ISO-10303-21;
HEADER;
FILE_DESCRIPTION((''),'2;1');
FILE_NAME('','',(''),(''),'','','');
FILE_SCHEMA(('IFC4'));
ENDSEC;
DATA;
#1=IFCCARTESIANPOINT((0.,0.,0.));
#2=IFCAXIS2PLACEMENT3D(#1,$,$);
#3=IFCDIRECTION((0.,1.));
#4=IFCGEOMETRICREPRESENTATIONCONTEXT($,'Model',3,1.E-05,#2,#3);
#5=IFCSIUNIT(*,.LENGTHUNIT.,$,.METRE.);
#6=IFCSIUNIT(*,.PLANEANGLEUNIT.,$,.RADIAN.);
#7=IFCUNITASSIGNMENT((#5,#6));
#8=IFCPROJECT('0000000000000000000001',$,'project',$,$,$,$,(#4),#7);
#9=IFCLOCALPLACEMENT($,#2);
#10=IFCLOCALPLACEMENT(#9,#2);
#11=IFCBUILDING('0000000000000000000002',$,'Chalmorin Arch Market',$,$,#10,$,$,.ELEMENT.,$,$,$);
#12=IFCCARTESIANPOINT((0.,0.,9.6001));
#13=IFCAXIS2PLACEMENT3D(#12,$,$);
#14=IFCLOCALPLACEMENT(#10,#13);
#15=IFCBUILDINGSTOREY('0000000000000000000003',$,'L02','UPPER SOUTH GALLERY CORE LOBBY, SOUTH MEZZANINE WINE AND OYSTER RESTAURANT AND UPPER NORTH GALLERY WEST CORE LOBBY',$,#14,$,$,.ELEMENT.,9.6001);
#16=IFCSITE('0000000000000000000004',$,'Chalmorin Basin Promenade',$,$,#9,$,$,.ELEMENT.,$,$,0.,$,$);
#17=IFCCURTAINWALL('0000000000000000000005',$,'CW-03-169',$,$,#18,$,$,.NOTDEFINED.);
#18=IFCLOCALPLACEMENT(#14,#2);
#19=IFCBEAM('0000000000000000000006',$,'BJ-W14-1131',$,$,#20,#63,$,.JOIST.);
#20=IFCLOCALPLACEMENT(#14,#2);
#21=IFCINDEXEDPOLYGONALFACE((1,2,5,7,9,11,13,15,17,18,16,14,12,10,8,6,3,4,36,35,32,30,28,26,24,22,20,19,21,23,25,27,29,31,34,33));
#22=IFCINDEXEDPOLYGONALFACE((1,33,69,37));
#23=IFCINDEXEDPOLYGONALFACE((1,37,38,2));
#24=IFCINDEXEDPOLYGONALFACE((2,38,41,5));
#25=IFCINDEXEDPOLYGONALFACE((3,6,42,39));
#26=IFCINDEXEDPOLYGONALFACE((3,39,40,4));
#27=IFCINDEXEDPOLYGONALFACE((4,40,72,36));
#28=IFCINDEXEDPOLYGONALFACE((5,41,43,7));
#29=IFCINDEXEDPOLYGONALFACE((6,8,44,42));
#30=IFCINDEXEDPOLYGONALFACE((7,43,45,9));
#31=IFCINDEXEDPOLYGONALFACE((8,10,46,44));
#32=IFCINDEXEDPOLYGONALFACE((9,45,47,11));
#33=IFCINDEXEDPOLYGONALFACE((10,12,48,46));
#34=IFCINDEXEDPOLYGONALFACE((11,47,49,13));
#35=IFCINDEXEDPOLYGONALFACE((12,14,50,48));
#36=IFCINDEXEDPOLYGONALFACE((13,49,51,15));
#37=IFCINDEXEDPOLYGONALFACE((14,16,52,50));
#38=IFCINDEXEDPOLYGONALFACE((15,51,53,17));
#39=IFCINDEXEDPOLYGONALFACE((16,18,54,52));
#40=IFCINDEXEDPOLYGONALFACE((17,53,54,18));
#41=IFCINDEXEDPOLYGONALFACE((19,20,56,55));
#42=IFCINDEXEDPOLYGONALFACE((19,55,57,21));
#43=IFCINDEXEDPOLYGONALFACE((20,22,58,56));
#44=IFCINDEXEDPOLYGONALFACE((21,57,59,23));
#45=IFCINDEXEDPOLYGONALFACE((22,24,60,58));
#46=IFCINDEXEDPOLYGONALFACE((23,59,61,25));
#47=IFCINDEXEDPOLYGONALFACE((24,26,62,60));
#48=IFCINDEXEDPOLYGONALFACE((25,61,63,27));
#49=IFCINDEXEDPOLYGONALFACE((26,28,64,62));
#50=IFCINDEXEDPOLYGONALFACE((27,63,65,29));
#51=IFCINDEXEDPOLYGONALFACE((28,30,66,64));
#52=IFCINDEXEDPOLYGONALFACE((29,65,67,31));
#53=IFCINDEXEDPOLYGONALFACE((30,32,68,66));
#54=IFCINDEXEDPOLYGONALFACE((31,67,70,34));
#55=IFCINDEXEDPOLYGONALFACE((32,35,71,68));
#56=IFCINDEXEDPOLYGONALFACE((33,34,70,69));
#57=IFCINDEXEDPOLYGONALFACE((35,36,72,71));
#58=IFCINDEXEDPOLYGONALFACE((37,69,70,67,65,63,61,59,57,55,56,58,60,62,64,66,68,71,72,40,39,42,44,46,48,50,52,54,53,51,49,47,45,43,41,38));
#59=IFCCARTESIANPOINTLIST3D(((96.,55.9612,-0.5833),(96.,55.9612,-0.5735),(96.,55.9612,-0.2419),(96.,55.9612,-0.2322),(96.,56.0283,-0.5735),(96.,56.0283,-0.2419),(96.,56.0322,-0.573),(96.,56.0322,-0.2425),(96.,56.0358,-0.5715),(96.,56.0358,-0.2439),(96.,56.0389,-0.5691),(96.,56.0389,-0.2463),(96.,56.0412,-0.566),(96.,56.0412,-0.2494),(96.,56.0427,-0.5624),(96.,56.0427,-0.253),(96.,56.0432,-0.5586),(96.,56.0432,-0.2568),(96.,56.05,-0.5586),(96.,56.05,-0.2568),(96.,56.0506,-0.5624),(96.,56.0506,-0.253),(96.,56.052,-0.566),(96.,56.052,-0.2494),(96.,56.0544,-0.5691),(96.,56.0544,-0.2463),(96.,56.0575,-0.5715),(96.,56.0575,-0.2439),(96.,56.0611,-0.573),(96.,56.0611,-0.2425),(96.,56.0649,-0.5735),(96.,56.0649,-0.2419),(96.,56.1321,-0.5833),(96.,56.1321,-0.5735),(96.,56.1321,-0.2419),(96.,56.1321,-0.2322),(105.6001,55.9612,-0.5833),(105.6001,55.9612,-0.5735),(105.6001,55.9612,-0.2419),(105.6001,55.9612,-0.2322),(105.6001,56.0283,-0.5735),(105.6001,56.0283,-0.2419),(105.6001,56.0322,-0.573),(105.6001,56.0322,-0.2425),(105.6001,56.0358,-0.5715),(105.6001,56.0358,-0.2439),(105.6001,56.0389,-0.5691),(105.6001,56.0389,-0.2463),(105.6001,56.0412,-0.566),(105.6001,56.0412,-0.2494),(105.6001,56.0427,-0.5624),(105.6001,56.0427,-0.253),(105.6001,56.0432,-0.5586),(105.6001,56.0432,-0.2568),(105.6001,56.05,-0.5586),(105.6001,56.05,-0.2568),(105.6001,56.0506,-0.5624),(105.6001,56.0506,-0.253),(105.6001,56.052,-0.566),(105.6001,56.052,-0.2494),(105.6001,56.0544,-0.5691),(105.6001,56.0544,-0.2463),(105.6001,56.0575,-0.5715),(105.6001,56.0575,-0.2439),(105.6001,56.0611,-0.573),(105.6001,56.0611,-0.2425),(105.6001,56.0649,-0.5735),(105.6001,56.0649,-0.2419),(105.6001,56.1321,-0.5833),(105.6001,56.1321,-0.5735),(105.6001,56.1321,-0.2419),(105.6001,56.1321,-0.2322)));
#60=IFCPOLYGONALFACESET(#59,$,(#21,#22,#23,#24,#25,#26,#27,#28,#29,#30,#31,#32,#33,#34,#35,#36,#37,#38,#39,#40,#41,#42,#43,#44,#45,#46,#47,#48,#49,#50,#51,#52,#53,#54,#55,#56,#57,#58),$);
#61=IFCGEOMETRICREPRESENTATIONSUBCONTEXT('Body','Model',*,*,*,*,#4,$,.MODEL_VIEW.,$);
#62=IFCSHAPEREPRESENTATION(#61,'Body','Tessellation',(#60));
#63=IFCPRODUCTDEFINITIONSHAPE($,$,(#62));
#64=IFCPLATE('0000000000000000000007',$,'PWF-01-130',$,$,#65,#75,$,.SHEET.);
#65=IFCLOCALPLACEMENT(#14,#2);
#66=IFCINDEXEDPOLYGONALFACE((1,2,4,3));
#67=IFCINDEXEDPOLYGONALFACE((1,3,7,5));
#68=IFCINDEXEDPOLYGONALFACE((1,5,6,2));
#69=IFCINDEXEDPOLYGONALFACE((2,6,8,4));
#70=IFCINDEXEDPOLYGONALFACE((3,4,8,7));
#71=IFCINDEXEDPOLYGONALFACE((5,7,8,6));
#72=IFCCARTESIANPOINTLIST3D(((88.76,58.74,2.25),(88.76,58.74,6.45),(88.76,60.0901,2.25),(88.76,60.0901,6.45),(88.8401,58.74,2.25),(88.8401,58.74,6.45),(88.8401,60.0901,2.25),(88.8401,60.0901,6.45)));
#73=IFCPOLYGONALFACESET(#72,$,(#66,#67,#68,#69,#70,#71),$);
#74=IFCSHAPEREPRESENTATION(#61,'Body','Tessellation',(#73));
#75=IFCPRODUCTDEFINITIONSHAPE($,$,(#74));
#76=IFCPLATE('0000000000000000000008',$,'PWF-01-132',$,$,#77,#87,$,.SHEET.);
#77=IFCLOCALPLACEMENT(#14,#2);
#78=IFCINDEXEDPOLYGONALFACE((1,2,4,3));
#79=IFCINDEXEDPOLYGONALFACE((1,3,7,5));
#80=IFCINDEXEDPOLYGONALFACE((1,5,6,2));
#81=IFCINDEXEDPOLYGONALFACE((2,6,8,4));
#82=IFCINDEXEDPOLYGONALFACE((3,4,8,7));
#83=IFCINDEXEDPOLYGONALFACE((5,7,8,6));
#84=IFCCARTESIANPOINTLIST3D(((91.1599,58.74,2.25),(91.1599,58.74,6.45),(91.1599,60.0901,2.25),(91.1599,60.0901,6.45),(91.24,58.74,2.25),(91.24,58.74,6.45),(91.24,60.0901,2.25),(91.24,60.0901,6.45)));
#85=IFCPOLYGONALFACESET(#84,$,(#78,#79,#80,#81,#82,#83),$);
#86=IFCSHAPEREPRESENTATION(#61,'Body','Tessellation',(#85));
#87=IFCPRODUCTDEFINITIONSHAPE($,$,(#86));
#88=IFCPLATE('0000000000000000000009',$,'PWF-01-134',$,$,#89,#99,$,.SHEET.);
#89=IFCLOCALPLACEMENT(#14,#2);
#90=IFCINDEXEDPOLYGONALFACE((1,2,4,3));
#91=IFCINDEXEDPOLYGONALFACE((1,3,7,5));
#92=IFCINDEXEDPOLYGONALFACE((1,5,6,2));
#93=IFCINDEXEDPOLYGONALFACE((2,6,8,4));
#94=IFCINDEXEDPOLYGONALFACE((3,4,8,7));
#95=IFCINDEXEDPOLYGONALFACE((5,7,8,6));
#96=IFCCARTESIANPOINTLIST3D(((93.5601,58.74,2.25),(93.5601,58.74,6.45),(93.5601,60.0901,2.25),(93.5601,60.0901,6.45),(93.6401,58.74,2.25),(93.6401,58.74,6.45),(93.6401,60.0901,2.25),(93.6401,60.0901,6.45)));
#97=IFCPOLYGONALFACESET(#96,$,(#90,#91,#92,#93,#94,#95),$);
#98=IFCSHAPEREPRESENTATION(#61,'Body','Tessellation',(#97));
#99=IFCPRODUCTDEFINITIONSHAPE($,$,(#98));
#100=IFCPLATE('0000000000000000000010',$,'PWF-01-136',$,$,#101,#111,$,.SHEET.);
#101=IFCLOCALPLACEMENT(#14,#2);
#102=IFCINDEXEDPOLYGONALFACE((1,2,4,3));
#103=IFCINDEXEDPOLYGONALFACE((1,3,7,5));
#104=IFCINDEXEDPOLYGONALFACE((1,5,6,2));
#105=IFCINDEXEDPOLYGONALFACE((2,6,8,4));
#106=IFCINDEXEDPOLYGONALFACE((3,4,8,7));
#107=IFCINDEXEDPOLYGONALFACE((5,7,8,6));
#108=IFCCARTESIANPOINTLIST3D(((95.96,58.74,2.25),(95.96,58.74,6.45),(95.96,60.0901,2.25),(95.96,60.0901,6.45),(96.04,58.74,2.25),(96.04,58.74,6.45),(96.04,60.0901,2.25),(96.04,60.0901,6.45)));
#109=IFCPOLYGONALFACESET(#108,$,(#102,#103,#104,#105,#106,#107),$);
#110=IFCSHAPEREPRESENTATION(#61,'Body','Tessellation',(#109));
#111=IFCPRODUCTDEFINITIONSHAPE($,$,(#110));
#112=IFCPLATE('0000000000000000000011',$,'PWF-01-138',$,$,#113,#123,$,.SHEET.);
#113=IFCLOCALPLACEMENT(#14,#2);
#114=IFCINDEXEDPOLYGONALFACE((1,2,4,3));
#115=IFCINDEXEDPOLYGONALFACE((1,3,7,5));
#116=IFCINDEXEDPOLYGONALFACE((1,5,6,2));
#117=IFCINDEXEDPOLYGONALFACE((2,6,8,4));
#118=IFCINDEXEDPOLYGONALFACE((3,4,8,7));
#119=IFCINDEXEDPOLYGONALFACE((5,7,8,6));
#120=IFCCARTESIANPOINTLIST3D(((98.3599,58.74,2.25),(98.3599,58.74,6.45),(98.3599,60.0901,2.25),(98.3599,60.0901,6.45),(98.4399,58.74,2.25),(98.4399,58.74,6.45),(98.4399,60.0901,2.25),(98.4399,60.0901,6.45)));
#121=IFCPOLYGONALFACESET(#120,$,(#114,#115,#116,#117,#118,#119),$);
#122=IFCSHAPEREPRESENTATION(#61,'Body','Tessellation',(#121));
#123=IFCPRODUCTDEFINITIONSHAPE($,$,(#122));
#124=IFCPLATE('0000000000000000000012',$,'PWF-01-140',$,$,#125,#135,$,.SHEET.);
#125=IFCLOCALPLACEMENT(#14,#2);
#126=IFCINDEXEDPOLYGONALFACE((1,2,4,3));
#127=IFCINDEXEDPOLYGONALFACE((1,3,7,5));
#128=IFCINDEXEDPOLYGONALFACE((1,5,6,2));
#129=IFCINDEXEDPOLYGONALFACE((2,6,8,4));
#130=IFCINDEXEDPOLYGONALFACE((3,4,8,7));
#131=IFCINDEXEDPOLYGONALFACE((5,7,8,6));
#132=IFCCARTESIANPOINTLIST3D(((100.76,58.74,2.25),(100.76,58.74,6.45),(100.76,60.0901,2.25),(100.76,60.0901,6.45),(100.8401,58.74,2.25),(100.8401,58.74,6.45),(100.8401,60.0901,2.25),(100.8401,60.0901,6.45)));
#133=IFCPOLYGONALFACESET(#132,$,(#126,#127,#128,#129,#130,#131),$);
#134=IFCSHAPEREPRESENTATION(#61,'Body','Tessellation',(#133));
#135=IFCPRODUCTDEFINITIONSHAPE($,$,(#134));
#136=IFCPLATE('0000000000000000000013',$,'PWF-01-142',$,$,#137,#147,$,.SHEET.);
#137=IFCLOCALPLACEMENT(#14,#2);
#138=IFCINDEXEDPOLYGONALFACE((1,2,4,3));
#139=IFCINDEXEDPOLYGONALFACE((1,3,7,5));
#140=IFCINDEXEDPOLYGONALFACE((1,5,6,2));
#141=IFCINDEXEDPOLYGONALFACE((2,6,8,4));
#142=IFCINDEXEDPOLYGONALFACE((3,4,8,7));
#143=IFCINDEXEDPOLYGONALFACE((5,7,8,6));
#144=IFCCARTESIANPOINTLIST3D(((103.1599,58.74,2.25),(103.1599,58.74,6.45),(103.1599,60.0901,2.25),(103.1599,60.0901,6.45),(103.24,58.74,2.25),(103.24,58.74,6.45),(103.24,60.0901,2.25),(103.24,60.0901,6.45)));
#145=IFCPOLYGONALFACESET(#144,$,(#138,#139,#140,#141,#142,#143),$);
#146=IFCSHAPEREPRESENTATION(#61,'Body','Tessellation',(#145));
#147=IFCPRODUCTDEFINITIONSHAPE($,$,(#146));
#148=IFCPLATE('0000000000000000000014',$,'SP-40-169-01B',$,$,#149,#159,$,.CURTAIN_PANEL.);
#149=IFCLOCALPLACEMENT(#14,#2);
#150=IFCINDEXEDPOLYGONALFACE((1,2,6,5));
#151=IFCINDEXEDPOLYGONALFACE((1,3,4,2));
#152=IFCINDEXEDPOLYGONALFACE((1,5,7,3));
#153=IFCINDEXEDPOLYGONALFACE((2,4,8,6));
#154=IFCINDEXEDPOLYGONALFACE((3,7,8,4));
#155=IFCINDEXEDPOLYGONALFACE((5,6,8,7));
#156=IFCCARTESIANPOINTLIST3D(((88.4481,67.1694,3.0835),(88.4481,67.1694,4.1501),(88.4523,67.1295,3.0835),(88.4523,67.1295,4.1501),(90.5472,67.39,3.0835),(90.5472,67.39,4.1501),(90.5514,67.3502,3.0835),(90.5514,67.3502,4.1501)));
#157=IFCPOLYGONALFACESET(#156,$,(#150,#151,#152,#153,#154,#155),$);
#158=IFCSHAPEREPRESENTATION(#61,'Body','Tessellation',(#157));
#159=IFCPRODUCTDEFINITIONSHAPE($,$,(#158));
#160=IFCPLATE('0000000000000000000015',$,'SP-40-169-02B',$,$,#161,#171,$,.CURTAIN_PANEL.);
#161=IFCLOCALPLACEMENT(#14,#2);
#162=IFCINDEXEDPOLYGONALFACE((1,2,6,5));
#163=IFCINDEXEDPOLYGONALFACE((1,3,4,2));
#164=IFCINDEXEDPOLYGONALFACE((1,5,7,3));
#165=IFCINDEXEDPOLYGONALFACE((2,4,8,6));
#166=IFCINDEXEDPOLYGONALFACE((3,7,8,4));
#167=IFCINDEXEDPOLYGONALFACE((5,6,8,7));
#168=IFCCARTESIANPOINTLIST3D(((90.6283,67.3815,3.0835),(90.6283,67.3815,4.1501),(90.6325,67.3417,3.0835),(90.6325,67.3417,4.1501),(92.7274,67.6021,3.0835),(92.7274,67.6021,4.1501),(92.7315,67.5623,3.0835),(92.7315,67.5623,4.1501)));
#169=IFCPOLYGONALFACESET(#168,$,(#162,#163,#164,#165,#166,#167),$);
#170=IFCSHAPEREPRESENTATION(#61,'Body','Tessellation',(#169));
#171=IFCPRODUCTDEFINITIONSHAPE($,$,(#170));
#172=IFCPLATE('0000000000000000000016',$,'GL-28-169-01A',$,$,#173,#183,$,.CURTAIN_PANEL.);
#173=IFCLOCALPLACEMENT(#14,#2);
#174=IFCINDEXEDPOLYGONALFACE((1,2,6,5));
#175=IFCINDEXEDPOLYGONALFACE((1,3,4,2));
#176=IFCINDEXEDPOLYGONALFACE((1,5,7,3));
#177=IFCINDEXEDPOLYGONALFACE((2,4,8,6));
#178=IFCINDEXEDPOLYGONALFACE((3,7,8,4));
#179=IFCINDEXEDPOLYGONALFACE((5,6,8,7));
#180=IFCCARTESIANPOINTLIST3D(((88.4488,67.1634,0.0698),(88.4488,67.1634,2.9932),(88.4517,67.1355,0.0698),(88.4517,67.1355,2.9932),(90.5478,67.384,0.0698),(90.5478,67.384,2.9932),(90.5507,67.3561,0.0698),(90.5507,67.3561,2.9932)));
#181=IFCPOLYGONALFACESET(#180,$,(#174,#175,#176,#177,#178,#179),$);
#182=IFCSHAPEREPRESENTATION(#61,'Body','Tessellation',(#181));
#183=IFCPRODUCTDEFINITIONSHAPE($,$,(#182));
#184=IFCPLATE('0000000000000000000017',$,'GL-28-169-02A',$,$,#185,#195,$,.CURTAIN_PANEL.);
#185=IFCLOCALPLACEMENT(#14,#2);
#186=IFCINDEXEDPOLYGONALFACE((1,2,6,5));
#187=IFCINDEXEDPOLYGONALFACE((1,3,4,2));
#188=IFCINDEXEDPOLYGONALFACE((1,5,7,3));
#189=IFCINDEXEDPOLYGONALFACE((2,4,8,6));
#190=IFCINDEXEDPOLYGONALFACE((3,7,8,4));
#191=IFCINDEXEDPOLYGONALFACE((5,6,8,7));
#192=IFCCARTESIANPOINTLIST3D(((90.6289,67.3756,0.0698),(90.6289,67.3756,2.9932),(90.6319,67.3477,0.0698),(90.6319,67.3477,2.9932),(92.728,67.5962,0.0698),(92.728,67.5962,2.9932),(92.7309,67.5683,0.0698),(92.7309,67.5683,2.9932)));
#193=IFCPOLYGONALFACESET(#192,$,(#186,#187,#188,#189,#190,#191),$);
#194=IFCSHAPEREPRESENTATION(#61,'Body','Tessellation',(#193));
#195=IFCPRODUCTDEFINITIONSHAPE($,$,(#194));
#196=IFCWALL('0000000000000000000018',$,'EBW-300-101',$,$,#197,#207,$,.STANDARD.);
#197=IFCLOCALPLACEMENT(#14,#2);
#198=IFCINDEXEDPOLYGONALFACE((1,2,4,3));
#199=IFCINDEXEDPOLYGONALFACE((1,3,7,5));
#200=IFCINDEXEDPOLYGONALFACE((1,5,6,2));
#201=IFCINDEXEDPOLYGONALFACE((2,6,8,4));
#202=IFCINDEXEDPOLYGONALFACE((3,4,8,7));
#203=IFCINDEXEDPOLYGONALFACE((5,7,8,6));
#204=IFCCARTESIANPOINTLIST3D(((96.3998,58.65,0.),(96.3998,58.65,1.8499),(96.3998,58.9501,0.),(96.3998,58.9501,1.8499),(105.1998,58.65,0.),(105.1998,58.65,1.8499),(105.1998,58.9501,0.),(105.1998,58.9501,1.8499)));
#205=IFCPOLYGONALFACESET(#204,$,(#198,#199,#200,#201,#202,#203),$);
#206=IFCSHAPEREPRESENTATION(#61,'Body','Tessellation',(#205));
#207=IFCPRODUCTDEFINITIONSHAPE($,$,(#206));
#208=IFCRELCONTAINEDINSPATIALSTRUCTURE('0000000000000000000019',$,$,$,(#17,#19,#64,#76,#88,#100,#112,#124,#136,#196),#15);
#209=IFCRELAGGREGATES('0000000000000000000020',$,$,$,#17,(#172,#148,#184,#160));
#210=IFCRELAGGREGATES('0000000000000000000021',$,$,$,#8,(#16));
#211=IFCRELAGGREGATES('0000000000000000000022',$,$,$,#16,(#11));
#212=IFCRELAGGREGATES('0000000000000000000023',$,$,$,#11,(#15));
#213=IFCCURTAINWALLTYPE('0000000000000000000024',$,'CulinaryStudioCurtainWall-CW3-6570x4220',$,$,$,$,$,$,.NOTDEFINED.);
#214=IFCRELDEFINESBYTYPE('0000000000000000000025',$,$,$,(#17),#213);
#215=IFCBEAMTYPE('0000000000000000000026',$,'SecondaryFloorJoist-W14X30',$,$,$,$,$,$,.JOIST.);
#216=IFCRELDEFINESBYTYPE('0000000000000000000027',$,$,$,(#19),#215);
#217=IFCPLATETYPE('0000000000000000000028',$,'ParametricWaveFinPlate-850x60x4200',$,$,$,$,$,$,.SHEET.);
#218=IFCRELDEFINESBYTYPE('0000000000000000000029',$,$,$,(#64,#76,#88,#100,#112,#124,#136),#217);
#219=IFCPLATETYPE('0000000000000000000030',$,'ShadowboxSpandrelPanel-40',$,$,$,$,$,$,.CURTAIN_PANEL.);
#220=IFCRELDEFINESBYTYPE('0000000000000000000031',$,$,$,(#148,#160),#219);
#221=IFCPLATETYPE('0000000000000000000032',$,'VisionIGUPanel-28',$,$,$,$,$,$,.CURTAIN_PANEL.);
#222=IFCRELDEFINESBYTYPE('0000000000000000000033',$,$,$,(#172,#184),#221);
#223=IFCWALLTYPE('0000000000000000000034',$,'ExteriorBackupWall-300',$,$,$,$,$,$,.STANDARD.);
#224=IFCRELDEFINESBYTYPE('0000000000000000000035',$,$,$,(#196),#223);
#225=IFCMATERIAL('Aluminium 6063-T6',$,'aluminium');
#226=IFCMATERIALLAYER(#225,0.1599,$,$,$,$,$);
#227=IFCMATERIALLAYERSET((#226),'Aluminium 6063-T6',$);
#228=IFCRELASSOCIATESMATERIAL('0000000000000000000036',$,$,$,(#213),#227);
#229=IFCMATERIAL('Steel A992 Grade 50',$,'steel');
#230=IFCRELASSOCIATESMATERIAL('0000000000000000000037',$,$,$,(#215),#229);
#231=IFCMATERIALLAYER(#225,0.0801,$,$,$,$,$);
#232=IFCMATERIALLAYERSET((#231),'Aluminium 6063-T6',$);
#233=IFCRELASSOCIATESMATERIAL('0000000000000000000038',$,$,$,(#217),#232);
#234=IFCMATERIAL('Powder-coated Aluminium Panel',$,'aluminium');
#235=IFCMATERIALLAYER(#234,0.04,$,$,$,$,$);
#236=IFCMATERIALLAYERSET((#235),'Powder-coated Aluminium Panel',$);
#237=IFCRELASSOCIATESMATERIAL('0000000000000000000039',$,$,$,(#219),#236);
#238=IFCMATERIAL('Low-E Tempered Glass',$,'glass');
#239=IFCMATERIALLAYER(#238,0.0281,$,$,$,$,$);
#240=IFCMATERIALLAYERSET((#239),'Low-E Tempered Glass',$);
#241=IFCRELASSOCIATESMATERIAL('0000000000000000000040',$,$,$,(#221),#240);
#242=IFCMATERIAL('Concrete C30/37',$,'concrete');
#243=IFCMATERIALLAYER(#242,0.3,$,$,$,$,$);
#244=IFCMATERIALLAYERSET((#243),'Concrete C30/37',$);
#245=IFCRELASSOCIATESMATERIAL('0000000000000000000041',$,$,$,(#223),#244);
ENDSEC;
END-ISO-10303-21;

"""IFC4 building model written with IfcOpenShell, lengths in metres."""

from ifc_helpers import new_model, si_unit, direction, frame, frame_2d, origin, origin_2d, place, context, subcontext, project, spatial, rectangle, i_section, extrude, material, layer, layer_set, material_profile, profile_set, type_object, element, aggregate, save


model = new_model("IFC4")

# Units and contexts
model_context = context("Model", 3, precision=1e-05, world=origin(), true_north=direction((0.0, 1.0)))
body_context = subcontext(model_context, "Body", "Model", "MODEL_VIEW")
ifc_project = project(units=[si_unit("LENGTHUNIT", "METRE"), si_unit("PLANEANGLEUNIT", "RADIAN")], contexts=[model_context])

# Site, building, storey
site_placement = place(None, origin())
site = spatial("IfcSite", under=ifc_project, at=site_placement, Name="Chalmorin Basin Promenade", CompositionType="ELEMENT", RefElevation=0.0)
building_placement = place(site_placement, origin())
building = spatial("IfcBuilding", under=site, at=building_placement, Name="Chalmorin Arch Market", CompositionType="ELEMENT")
storey_placement = place(building_placement, frame((0.0, 0.0, 9.6001)))
storey = spatial("IfcBuildingStorey", under=building, at=storey_placement, Name="L02", Description="UPPER SOUTH GALLERY CORE LOBBY, SOUTH MEZZANINE WINE AND OYSTER RESTAURANT AND UPPER NORTH GALLERY WEST CORE LOBBY", CompositionType="ELEMENT", Elevation=9.6001)

# Curtain wall
ifc_material_1 = material(Name="Aluminium 6063-T6", Category="aluminium")
ifc_layer_1 = layer(ifc_material_1, 0.1599)
ifc_layer_set_1 = layer_set([ifc_layer_1], Name="Aluminium 6063-T6")
curtain_wall_type = type_object("IfcCurtainWallType", Name="CulinaryStudioCurtainWall-CW3-6570x4220", PredefinedType="NOTDEFINED", material=ifc_layer_set_1)
curtain_wall_placement = place(storey_placement, origin())
curtain_wall = element("IfcCurtainWall", 1, at=curtain_wall_placement, inside=storey, type_object=curtain_wall_type, Name="CW-03-169", PredefinedType="NOTDEFINED")

# Beam
ifc_material_2 = material(Name="Steel A992 Grade 50", Category="steel")
ifc_material_profile_1 = material_profile(ifc_material_2, i_section(OverallWidth=0.1709, OverallDepth=0.3511, WebThickness=0.0068, FlangeThickness=0.0098, FilletRadius=0.0149, at=origin_2d()), Name="W14X30")
ifc_profile_set_1 = profile_set([ifc_material_profile_1], Name="Steel A992 Grade 50")
beam_type_1 = type_object("IfcBeamType", Name="SecondaryFloorJoist-W14X30", PredefinedType="JOIST", material=ifc_profile_set_1)
beam_1_placement = place(storey_placement, frame((96.0, 56.0466, -0.4077), z_axis=(1.0, 0.0, 0.0), x_axis=(0.0, 1.0, 0.0)))
element("IfcBeam", 2, at=beam_1_placement, inside=storey, type_object=beam_type_1, Name="BJ-W14-1131", PredefinedType="JOIST", context=body_context, shape_type="SweptSolid", body=[
    extrude(i_section(OverallWidth=0.1709, OverallDepth=0.3511, WebThickness=0.0068, FlangeThickness=0.0098, FilletRadius=0.0149, at=origin_2d()), origin(), (0.0, 0.0, 1.0), 9.6001),
])

# Plates
ifc_layer_2 = layer(ifc_material_1, 0.0801)
ifc_layer_set_2 = layer_set([ifc_layer_2], Name="Aluminium 6063-T6")
plate_type_1 = type_object("IfcPlateType", Name="ParametricWaveFinPlate-850x60x4200", PredefinedType="SHEET", material=ifc_layer_set_2)
for number, where, z_axis, x_axis, name in (
    (3, (88.8, 59.415, 2.25), (0.0, 0.0, 1.0), (0.0, 1.0, 0.0), "PWF-01-130"),
    (4, (91.2, 59.415, 2.25), (0.0, 0.0, 1.0), (0.0, 1.0, 0.0), "PWF-01-132"),
    (5, (93.6001, 59.415, 2.25), (0.0, 0.0, 1.0), (0.0, 1.0, 0.0), "PWF-01-134"),
    (6, (96.0, 59.415, 2.25), (0.0, 0.0, 1.0), (0.0, 1.0, 0.0), "PWF-01-136"),
    (7, (98.3999, 59.415, 2.25), (0.0, 0.0, 1.0), (0.0, 1.0, 0.0), "PWF-01-138"),
    (8, (100.8, 59.415, 2.25), (0.0, 0.0, 1.0), (0.0, 1.0, 0.0), "PWF-01-140"),
    (9, (103.2, 59.415, 2.25), (0.0, 0.0, 1.0), (0.0, 1.0, 0.0), "PWF-01-142"),
):
    element("IfcPlate", number, at=place(storey_placement, frame(where, z_axis=z_axis, x_axis=x_axis)), inside=storey, type_object=plate_type_1, Name=name, PredefinedType="SHEET", context=body_context, shape_type="SweptSolid", body=[
        extrude(rectangle(XDim=1.3501, YDim=0.0801, at=origin_2d()), origin(), (0.0, 0.0, 1.0), 4.2),
    ])

# Plates
ifc_material_3 = material(Name="Powder-coated Aluminium Panel", Category="aluminium")
ifc_layer_3 = layer(ifc_material_3, 0.04)
ifc_layer_set_3 = layer_set([ifc_layer_3], Name="Powder-coated Aluminium Panel")
plate_type_2 = type_object("IfcPlateType", Name="ShadowboxSpandrelPanel-40", PredefinedType="CURTAIN_PANEL", material=ifc_layer_set_3)
plate_1_placement = place(storey_placement, frame((89.4998, 67.2598, 3.0835), z_axis=(0.0, 0.0, 1.0), x_axis=(0.994522, 0.104528, 0.0)))
plate_1 = element("IfcPlate", 10, at=plate_1_placement, type_object=plate_type_2, Name="SP-40-169-01B", PredefinedType="CURTAIN_PANEL", context=body_context, shape_type="SweptSolid", body=[
    extrude(rectangle(XDim=2.1106, YDim=0.04, at=origin_2d()), origin(), (0.0, 0.0, 1.0), 1.0667),
])
plate_2_placement = place(storey_placement, frame((91.6799, 67.4719, 3.0835), z_axis=(0.0, 0.0, 1.0), x_axis=(0.994522, 0.104528, 0.0)))
plate_2 = element("IfcPlate", 11, at=plate_2_placement, type_object=plate_type_2, Name="SP-40-169-02B", PredefinedType="CURTAIN_PANEL", context=body_context, shape_type="SweptSolid", body=[
    extrude(rectangle(XDim=2.1106, YDim=0.04, at=origin_2d()), origin(), (0.0, 0.0, 1.0), 1.0667),
])
ifc_material_4 = material(Name="Low-E Tempered Glass", Category="glass")
ifc_layer_4 = layer(ifc_material_4, 0.0281)
ifc_layer_set_4 = layer_set([ifc_layer_4], Name="Low-E Tempered Glass")
plate_type_3 = type_object("IfcPlateType", Name="VisionIGUPanel-28", PredefinedType="CURTAIN_PANEL", material=ifc_layer_set_4)
plate_3_placement = place(storey_placement, frame((89.4998, 67.2598, 0.0698), z_axis=(0.0, 0.0, 1.0), x_axis=(0.994522, 0.104528, 0.0)))
plate_3 = element("IfcPlate", 12, at=plate_3_placement, type_object=plate_type_3, Name="GL-28-169-01A", PredefinedType="CURTAIN_PANEL", context=body_context, shape_type="SweptSolid", body=[
    extrude(rectangle(XDim=2.1106, YDim=0.0281, at=origin_2d()), origin(), (0.0, 0.0, 1.0), 2.9233),
])
plate_4_placement = place(storey_placement, frame((91.6799, 67.4719, 0.0698), z_axis=(0.0, 0.0, 1.0), x_axis=(0.994522, 0.104528, 0.0)))
plate_4 = element("IfcPlate", 13, at=plate_4_placement, type_object=plate_type_3, Name="GL-28-169-02A", PredefinedType="CURTAIN_PANEL", context=body_context, shape_type="SweptSolid", body=[
    extrude(rectangle(XDim=2.1106, YDim=0.0281, at=origin_2d()), origin(), (0.0, 0.0, 1.0), 2.9233),
])
aggregate(curtain_wall, [plate_3, plate_1, plate_4, plate_2])

# Wall
ifc_material_5 = material(Name="Concrete C30/37", Category="concrete")
ifc_layer_5 = layer(ifc_material_5, 0.3)
ifc_layer_set_5 = layer_set([ifc_layer_5], Name="Concrete C30/37")
wall_type = type_object("IfcWallType", Name="ExteriorBackupWall-300", PredefinedType="STANDARD", material=ifc_layer_set_5)
wall_1_placement = place(storey_placement, frame((96.3999, 58.8, 0.0), z_axis=(0.0, 0.0, 1.0), x_axis=(1.0, 0.0, 0.0)))
element("IfcWall", 14, at=wall_1_placement, inside=storey, type_object=wall_type, Name="EBW-300-101", PredefinedType="STANDARD", context=body_context, shape_type="SweptSolid", body=[
    extrude(rectangle(XDim=8.8, YDim=0.3, at=frame_2d((4.3999, 0.0))), origin(), (0.0, 0.0, 1.0), 1.8499),
])

save(model, "model.ifc")
